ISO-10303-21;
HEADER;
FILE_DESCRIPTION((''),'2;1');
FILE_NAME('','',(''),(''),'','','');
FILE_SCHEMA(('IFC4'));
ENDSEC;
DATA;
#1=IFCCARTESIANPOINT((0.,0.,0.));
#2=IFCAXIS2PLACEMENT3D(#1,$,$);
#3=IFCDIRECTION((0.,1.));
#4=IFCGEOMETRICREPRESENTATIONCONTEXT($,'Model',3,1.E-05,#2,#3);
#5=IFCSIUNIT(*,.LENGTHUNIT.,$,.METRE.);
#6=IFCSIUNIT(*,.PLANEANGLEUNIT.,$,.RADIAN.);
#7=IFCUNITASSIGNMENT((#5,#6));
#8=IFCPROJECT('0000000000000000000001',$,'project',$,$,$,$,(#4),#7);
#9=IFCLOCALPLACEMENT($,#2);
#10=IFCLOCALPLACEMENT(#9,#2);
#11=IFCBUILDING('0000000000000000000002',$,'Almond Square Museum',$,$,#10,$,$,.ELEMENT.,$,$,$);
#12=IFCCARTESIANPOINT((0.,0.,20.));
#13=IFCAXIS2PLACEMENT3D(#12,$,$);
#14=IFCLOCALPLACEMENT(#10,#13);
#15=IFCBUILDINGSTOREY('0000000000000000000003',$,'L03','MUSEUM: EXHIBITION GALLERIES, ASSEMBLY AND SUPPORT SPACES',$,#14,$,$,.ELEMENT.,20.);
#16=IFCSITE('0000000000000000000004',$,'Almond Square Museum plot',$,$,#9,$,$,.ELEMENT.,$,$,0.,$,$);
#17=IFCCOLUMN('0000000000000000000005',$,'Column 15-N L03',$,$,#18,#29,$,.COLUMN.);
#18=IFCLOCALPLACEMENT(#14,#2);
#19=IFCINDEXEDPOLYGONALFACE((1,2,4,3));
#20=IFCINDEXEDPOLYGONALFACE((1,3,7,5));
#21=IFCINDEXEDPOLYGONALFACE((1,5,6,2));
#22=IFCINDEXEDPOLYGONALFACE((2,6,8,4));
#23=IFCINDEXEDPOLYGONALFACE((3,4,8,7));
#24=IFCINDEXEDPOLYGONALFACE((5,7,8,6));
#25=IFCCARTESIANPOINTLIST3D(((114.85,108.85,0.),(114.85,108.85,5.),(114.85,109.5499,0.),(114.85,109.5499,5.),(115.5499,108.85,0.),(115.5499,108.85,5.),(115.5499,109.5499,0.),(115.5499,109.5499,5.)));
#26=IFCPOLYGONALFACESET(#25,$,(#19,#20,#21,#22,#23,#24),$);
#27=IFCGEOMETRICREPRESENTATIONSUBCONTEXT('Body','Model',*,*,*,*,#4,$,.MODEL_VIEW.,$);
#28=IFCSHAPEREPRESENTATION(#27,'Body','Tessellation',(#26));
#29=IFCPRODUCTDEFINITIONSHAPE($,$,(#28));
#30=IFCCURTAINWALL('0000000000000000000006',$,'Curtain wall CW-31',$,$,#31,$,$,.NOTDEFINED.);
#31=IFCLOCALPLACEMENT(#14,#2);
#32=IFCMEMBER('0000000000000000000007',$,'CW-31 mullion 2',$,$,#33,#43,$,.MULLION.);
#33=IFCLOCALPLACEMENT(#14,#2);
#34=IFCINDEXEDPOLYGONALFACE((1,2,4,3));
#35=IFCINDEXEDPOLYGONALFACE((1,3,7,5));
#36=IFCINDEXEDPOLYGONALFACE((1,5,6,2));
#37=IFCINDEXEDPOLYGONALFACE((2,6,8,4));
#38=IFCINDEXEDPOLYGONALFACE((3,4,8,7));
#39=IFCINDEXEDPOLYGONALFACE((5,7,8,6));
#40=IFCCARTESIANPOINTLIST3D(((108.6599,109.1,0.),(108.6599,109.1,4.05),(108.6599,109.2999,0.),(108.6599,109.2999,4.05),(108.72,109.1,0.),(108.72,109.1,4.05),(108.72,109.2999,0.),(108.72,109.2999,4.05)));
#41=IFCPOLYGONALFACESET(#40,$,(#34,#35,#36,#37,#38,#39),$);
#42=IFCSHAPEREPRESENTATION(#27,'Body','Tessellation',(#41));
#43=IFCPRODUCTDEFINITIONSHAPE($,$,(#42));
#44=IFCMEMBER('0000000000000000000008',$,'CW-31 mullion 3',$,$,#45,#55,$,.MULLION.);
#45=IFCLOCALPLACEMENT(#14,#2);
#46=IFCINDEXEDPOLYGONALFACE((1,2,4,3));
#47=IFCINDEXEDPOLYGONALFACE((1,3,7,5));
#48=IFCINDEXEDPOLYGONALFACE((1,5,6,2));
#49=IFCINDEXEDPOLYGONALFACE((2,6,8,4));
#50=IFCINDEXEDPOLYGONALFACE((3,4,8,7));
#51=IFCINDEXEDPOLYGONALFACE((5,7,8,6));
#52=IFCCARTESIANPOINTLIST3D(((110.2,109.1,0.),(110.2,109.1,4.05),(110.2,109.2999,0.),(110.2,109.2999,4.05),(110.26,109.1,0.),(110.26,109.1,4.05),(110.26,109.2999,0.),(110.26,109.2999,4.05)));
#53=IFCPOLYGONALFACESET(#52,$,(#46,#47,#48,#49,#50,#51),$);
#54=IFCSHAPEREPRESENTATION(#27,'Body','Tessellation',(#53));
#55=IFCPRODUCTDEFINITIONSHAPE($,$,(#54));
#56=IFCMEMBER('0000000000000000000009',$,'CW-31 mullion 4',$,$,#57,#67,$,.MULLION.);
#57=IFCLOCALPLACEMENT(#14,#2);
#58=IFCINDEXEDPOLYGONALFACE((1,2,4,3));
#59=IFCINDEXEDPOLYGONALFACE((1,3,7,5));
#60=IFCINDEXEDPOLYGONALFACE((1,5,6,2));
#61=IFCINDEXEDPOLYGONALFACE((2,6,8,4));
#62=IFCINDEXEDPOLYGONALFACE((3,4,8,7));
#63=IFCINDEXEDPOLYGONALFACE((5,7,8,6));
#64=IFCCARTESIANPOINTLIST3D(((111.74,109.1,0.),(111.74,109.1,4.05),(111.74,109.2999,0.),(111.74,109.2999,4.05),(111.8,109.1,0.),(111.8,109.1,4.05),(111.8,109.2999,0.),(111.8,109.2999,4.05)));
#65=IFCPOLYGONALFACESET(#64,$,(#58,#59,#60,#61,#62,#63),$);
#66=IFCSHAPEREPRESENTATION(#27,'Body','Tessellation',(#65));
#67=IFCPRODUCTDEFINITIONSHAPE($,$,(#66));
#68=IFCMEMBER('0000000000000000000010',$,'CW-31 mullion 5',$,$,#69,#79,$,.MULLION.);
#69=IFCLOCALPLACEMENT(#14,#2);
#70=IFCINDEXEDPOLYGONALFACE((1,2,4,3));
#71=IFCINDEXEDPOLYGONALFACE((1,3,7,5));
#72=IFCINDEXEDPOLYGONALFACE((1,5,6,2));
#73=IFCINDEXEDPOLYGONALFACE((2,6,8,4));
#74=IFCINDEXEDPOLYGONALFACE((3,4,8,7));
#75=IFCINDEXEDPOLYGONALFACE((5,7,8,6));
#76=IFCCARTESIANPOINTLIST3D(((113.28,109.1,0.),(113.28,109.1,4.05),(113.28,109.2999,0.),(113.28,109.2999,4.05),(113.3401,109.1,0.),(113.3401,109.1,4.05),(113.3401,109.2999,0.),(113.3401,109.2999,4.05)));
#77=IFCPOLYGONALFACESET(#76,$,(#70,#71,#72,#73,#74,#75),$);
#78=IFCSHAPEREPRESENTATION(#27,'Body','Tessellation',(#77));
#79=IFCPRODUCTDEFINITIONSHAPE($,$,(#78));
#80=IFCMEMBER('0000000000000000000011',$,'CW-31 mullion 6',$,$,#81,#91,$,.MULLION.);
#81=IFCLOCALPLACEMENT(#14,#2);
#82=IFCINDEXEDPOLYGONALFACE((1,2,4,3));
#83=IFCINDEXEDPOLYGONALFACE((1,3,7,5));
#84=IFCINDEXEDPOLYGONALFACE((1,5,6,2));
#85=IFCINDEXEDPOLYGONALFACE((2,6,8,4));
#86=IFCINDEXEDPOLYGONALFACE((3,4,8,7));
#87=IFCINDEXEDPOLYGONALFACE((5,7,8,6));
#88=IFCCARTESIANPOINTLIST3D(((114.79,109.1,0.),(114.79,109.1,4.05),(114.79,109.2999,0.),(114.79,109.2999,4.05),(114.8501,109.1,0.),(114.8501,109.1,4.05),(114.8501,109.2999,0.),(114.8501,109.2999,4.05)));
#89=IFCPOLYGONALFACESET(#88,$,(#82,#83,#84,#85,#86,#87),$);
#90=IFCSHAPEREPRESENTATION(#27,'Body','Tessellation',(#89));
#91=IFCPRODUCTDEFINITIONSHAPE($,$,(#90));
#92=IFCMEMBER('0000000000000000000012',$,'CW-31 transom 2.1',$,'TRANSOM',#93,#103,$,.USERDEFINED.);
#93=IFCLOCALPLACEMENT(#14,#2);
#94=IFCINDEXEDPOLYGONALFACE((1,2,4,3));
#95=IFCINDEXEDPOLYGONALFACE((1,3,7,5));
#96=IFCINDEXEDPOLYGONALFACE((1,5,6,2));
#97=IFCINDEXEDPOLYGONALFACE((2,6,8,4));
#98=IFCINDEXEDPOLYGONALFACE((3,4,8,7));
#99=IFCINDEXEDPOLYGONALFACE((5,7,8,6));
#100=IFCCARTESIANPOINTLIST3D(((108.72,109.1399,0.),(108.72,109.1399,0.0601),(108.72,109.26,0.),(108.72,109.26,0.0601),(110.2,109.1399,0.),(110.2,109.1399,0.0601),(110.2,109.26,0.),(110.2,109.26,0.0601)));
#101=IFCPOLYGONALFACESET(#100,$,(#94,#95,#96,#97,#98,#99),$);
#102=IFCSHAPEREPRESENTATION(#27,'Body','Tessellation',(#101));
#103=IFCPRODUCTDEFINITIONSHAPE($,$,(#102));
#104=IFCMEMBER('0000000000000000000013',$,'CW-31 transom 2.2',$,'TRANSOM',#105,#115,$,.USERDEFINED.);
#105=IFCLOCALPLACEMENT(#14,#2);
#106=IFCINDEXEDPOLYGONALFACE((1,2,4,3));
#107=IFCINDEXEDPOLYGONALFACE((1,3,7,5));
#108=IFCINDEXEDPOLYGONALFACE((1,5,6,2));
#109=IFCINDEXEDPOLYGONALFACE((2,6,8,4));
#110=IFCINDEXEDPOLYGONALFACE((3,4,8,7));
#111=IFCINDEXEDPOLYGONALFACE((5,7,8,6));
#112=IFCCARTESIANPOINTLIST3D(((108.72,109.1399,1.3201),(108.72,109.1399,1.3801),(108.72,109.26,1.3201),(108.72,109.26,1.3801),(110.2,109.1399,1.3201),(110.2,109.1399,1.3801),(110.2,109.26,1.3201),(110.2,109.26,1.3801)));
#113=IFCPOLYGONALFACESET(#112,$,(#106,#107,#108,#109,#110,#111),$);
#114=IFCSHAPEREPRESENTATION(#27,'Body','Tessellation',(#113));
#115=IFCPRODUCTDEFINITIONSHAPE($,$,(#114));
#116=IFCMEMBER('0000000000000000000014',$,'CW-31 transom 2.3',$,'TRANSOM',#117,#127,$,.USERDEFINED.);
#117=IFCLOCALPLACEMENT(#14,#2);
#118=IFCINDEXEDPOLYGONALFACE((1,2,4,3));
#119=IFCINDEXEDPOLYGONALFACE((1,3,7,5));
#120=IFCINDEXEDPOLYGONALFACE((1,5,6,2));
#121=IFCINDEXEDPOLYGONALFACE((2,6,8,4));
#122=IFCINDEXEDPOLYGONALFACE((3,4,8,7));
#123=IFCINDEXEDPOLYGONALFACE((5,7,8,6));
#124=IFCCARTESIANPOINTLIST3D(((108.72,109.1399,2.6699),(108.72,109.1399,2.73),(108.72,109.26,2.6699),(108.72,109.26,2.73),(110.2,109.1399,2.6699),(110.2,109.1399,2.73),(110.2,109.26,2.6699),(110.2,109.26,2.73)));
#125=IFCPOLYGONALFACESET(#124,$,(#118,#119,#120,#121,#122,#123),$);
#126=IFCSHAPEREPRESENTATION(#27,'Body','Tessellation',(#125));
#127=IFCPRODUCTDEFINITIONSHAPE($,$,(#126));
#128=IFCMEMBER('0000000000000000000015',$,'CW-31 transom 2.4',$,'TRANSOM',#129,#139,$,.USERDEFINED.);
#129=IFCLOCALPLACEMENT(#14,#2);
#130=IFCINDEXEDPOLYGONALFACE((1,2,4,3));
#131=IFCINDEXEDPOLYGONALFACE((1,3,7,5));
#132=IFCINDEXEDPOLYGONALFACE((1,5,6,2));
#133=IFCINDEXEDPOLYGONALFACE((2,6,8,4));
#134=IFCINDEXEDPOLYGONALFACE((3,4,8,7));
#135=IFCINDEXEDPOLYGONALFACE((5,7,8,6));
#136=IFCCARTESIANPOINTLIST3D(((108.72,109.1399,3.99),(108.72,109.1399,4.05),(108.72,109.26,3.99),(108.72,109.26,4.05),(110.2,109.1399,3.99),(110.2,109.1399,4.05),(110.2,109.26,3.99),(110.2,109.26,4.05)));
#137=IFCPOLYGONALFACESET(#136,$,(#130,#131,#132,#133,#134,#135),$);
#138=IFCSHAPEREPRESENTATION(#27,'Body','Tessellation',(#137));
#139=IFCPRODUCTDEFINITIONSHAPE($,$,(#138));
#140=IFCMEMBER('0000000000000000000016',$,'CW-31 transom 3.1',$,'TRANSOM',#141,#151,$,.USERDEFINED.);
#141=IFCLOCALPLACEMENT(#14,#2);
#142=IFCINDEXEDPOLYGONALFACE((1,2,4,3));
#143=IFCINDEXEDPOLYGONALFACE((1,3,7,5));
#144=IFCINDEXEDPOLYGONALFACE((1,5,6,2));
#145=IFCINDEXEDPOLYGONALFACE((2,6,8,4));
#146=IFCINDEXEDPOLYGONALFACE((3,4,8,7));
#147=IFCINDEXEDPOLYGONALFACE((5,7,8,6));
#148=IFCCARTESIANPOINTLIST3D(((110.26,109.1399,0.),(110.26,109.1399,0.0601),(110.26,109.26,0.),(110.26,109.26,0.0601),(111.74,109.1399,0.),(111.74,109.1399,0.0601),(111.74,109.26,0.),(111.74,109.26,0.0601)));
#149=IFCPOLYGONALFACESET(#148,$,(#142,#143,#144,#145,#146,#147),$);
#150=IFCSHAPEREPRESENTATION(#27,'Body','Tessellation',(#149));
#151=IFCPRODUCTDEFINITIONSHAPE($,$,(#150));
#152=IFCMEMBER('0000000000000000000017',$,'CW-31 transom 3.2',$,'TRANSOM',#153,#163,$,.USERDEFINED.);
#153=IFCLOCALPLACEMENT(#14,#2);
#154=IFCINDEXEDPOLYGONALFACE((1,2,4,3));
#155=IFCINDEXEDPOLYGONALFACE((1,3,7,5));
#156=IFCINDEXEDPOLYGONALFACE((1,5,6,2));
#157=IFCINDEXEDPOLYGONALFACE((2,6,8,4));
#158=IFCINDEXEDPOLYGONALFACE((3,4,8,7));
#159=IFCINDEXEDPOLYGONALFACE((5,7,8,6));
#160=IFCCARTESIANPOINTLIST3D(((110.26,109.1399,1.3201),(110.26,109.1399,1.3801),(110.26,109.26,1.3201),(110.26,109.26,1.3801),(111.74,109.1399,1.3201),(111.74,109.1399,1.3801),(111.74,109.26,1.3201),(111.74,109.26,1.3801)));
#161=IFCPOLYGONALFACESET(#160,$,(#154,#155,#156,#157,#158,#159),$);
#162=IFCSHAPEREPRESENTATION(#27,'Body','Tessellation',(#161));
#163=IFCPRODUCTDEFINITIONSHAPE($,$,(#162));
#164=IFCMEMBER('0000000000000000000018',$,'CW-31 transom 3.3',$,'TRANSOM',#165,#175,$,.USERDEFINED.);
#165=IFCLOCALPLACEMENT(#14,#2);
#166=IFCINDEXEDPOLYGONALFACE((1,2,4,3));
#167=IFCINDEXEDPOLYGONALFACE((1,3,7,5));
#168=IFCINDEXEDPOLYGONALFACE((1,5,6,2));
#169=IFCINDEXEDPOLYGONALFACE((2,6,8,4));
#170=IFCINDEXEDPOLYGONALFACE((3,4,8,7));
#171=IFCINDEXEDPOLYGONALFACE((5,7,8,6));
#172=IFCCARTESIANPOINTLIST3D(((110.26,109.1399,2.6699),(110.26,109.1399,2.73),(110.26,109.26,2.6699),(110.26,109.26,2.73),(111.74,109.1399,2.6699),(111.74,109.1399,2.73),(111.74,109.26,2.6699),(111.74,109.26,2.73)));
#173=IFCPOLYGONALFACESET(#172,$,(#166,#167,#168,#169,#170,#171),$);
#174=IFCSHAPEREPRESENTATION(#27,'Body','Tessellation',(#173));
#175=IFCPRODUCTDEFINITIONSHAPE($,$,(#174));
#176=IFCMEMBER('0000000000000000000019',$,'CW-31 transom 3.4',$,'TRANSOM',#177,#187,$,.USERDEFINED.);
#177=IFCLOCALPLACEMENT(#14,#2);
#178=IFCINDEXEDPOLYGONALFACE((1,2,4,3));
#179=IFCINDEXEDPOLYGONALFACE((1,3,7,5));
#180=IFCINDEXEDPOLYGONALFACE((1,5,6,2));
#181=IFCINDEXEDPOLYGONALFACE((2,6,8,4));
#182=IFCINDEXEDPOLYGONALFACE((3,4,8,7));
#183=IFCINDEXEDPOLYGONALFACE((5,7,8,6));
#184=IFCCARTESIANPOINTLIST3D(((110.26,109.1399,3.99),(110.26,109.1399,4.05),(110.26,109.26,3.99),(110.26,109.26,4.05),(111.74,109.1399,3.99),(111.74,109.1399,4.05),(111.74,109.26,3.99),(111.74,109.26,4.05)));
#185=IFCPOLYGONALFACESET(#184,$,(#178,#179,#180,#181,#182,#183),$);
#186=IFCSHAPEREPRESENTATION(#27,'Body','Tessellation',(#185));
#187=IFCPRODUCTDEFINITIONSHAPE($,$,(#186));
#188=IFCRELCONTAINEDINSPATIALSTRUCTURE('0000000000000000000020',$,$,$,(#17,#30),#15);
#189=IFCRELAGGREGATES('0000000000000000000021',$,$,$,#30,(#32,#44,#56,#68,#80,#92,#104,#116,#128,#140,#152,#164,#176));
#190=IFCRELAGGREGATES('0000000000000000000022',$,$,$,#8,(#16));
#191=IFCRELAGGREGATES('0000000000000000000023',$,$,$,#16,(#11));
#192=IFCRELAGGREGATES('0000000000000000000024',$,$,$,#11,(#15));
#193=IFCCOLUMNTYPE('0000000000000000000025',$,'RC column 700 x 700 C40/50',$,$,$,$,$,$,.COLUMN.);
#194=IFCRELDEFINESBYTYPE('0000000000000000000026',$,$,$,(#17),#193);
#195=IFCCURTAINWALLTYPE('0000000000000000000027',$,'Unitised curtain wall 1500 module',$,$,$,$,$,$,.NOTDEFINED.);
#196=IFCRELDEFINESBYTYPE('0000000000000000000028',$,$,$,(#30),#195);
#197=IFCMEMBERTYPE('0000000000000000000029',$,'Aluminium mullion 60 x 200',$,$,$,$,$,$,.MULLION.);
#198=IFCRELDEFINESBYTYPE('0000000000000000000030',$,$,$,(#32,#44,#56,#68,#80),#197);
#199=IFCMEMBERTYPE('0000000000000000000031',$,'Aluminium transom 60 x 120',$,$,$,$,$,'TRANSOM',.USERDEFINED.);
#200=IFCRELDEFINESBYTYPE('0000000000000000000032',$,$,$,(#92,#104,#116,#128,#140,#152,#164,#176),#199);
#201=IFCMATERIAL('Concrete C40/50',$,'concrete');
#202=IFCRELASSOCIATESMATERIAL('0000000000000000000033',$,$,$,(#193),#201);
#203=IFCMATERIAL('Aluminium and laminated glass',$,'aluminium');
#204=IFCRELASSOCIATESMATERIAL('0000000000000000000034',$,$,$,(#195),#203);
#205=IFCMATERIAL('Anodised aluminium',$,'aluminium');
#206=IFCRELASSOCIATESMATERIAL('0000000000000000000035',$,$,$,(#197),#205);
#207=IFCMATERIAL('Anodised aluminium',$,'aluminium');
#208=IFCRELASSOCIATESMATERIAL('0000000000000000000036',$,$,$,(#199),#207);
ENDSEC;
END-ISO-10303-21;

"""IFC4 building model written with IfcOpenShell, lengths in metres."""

from ifc_helpers import new_model, si_unit, direction, frame, origin, origin_2d, place, context, subcontext, project, spatial, rectangle, extrude, material, material_profile, profile_set, type_object, element, aggregate, save


model = new_model("IFC4")

# Units and contexts
model_context = context("Model", 3, precision=1e-05, world=origin(), true_north=direction((0.0, 1.0)))
body_context = subcontext(model_context, "Body", "Model", "MODEL_VIEW")
ifc_project = project(units=[si_unit("LENGTHUNIT", "METRE"), si_unit("PLANEANGLEUNIT", "RADIAN")], contexts=[model_context])

# Site, building, storey
site_placement = place(None, origin())
site = spatial("IfcSite", under=ifc_project, at=site_placement, Name="Almond Square Museum plot", CompositionType="ELEMENT", RefElevation=0.0)
building_placement = place(site_placement, origin())
building = spatial("IfcBuilding", under=site, at=building_placement, Name="Almond Square Museum", CompositionType="ELEMENT")
storey_placement = place(building_placement, frame((0.0, 0.0, 20.0)))
storey = spatial("IfcBuildingStorey", under=building, at=storey_placement, Name="L03", Description="MUSEUM: EXHIBITION GALLERIES, ASSEMBLY AND SUPPORT SPACES", CompositionType="ELEMENT", Elevation=20.0)

# Column
ifc_material_1 = material(Name="Concrete C40/50", Category="concrete")
ifc_material_profile_1 = material_profile(ifc_material_1, rectangle(XDim=0.7, YDim=0.7, at=origin_2d()))
ifc_profile_set_1 = profile_set([ifc_material_profile_1], Name="Concrete C40/50")
column_type = type_object("IfcColumnType", Name="RC column 700 x 700 C40/50", PredefinedType="COLUMN", material=ifc_profile_set_1)
column_placement = place(storey_placement, frame((115.2, 109.2, 0.0), z_axis=(0.0, 0.0, 1.0), x_axis=(1.0, 0.0, 0.0)))
element("IfcColumn", 1, at=column_placement, inside=storey, type_object=column_type, Name="Column 15-N L03", PredefinedType="COLUMN", context=body_context, shape_type="SweptSolid", body=[
    extrude(rectangle(XDim=0.7, YDim=0.7, at=origin_2d()), origin(), (0.0, 0.0, 1.0), 5.0),
])

# Curtain wall, members
ifc_material_2 = material(Name="Aluminium and laminated glass", Category="aluminium")
curtain_wall_type = type_object("IfcCurtainWallType", Name="Unitised curtain wall 1500 module", PredefinedType="NOTDEFINED", material=ifc_material_2)
curtain_wall_placement = place(storey_placement, origin())
curtain_wall = element("IfcCurtainWall", 2, at=curtain_wall_placement, inside=storey, type_object=curtain_wall_type, Name="Curtain wall CW-31", PredefinedType="NOTDEFINED")
ifc_material_3 = material(Name="Anodised aluminium", Category="aluminium")
ifc_material_profile_2 = material_profile(ifc_material_3, rectangle(XDim=0.2, YDim=0.0601, at=origin_2d()))
ifc_profile_set_2 = profile_set([ifc_material_profile_2], Name="Anodised aluminium")
member_type_1 = type_object("IfcMemberType", Name="Aluminium mullion 60 x 200", PredefinedType="MULLION", material=ifc_profile_set_2)
member_1_placement = place(storey_placement, frame((108.6899, 109.2, 0.0), z_axis=(0.0, 0.0, 1.0), x_axis=(0.0, 1.0, 0.0)))
member_1 = element("IfcMember", 3, at=member_1_placement, type_object=member_type_1, Name="CW-31 mullion 2", PredefinedType="MULLION", context=body_context, shape_type="SweptSolid", body=[
    extrude(rectangle(XDim=0.2, YDim=0.0601, at=origin_2d()), origin(), (0.0, 0.0, 1.0), 4.05),
])
member_2_placement = place(storey_placement, frame((110.23, 109.2, 0.0), z_axis=(0.0, 0.0, 1.0), x_axis=(0.0, 1.0, 0.0)))
member_2 = element("IfcMember", 4, at=member_2_placement, type_object=member_type_1, Name="CW-31 mullion 3", PredefinedType="MULLION", context=body_context, shape_type="SweptSolid", body=[
    extrude(rectangle(XDim=0.2, YDim=0.0601, at=origin_2d()), origin(), (0.0, 0.0, 1.0), 4.05),
])
member_3_placement = place(storey_placement, frame((111.77, 109.2, 0.0), z_axis=(0.0, 0.0, 1.0), x_axis=(0.0, 1.0, 0.0)))
member_3 = element("IfcMember", 5, at=member_3_placement, type_object=member_type_1, Name="CW-31 mullion 4", PredefinedType="MULLION", context=body_context, shape_type="SweptSolid", body=[
    extrude(rectangle(XDim=0.2, YDim=0.0601, at=origin_2d()), origin(), (0.0, 0.0, 1.0), 4.05),
])
member_4_placement = place(storey_placement, frame((113.3101, 109.2, 0.0), z_axis=(0.0, 0.0, 1.0), x_axis=(0.0, 1.0, 0.0)))
member_4 = element("IfcMember", 6, at=member_4_placement, type_object=member_type_1, Name="CW-31 mullion 5", PredefinedType="MULLION", context=body_context, shape_type="SweptSolid", body=[
    extrude(rectangle(XDim=0.2, YDim=0.0601, at=origin_2d()), origin(), (0.0, 0.0, 1.0), 4.05),
])
member_5_placement = place(storey_placement, frame((114.8201, 109.2, 0.0), z_axis=(0.0, 0.0, 1.0), x_axis=(0.0, 1.0, 0.0)))
member_5 = element("IfcMember", 7, at=member_5_placement, type_object=member_type_1, Name="CW-31 mullion 6", PredefinedType="MULLION", context=body_context, shape_type="SweptSolid", body=[
    extrude(rectangle(XDim=0.2, YDim=0.0601, at=origin_2d()), origin(), (0.0, 0.0, 1.0), 4.05),
])
ifc_material_4 = material(Name="Anodised aluminium", Category="aluminium")
ifc_material_profile_3 = material_profile(ifc_material_4, rectangle(XDim=0.1201, YDim=0.0601, at=origin_2d()))
ifc_profile_set_3 = profile_set([ifc_material_profile_3], Name="Anodised aluminium")
member_type_2 = type_object("IfcMemberType", Name="Aluminium transom 60 x 120", ElementType="TRANSOM", PredefinedType="USERDEFINED", material=ifc_profile_set_3)
member_6_placement = place(storey_placement, frame((108.72, 109.2, 0.03), z_axis=(1.0, 0.0, 0.0), x_axis=(0.0, 1.0, 0.0)))
member_6 = element("IfcMember", 8, at=member_6_placement, type_object=member_type_2, Name="CW-31 transom 2.1", ObjectType="TRANSOM", PredefinedType="USERDEFINED", context=body_context, shape_type="SweptSolid", body=[
    extrude(rectangle(XDim=0.1201, YDim=0.0601, at=origin_2d()), origin(), (0.0, 0.0, 1.0), 1.48),
])
member_7_placement = place(storey_placement, frame((108.72, 109.2, 1.3501), z_axis=(1.0, 0.0, 0.0), x_axis=(0.0, 1.0, 0.0)))
member_7 = element("IfcMember", 9, at=member_7_placement, type_object=member_type_2, Name="CW-31 transom 2.2", ObjectType="TRANSOM", PredefinedType="USERDEFINED", context=body_context, shape_type="SweptSolid", body=[
    extrude(rectangle(XDim=0.1201, YDim=0.0601, at=origin_2d()), origin(), (0.0, 0.0, 1.0), 1.48),
])
member_8_placement = place(storey_placement, frame((108.72, 109.2, 2.7), z_axis=(1.0, 0.0, 0.0), x_axis=(0.0, 1.0, 0.0)))
member_8 = element("IfcMember", 10, at=member_8_placement, type_object=member_type_2, Name="CW-31 transom 2.3", ObjectType="TRANSOM", PredefinedType="USERDEFINED", context=body_context, shape_type="SweptSolid", body=[
    extrude(rectangle(XDim=0.1201, YDim=0.0601, at=origin_2d()), origin(), (0.0, 0.0, 1.0), 1.48),
])
member_9_placement = place(storey_placement, frame((108.72, 109.2, 4.02), z_axis=(1.0, 0.0, 0.0), x_axis=(0.0, 1.0, 0.0)))
member_9 = element("IfcMember", 11, at=member_9_placement, type_object=member_type_2, Name="CW-31 transom 2.4", ObjectType="TRANSOM", PredefinedType="USERDEFINED", context=body_context, shape_type="SweptSolid", body=[
    extrude(rectangle(XDim=0.1201, YDim=0.0601, at=origin_2d()), origin(), (0.0, 0.0, 1.0), 1.48),
])
member_10_placement = place(storey_placement, frame((110.26, 109.2, 0.03), z_axis=(1.0, 0.0, 0.0), x_axis=(0.0, 1.0, 0.0)))
member_10 = element("IfcMember", 12, at=member_10_placement, type_object=member_type_2, Name="CW-31 transom 3.1", ObjectType="TRANSOM", PredefinedType="USERDEFINED", context=body_context, shape_type="SweptSolid", body=[
    extrude(rectangle(XDim=0.1201, YDim=0.0601, at=origin_2d()), origin(), (0.0, 0.0, 1.0), 1.48),
])
member_11_placement = place(storey_placement, frame((110.26, 109.2, 1.3501), z_axis=(1.0, 0.0, 0.0), x_axis=(0.0, 1.0, 0.0)))
member_11 = element("IfcMember", 13, at=member_11_placement, type_object=member_type_2, Name="CW-31 transom 3.2", ObjectType="TRANSOM", PredefinedType="USERDEFINED", context=body_context, shape_type="SweptSolid", body=[
    extrude(rectangle(XDim=0.1201, YDim=0.0601, at=origin_2d()), origin(), (0.0, 0.0, 1.0), 1.48),
])
member_12_placement = place(storey_placement, frame((110.26, 109.2, 2.7), z_axis=(1.0, 0.0, 0.0), x_axis=(0.0, 1.0, 0.0)))
member_12 = element("IfcMember", 14, at=member_12_placement, type_object=member_type_2, Name="CW-31 transom 3.3", ObjectType="TRANSOM", PredefinedType="USERDEFINED", context=body_context, shape_type="SweptSolid", body=[
    extrude(rectangle(XDim=0.1201, YDim=0.0601, at=origin_2d()), origin(), (0.0, 0.0, 1.0), 1.48),
])
member_13_placement = place(storey_placement, frame((110.26, 109.2, 4.02), z_axis=(1.0, 0.0, 0.0), x_axis=(0.0, 1.0, 0.0)))
member_13 = element("IfcMember", 15, at=member_13_placement, type_object=member_type_2, Name="CW-31 transom 3.4", ObjectType="TRANSOM", PredefinedType="USERDEFINED", context=body_context, shape_type="SweptSolid", body=[
    extrude(rectangle(XDim=0.1201, YDim=0.0601, at=origin_2d()), origin(), (0.0, 0.0, 1.0), 1.48),
])
aggregate(curtain_wall, [member_1, member_2, member_3, member_4, member_5, member_6, member_7, member_8, member_9, member_10, member_11, member_12, member_13])

save(model, "model.ifc")
